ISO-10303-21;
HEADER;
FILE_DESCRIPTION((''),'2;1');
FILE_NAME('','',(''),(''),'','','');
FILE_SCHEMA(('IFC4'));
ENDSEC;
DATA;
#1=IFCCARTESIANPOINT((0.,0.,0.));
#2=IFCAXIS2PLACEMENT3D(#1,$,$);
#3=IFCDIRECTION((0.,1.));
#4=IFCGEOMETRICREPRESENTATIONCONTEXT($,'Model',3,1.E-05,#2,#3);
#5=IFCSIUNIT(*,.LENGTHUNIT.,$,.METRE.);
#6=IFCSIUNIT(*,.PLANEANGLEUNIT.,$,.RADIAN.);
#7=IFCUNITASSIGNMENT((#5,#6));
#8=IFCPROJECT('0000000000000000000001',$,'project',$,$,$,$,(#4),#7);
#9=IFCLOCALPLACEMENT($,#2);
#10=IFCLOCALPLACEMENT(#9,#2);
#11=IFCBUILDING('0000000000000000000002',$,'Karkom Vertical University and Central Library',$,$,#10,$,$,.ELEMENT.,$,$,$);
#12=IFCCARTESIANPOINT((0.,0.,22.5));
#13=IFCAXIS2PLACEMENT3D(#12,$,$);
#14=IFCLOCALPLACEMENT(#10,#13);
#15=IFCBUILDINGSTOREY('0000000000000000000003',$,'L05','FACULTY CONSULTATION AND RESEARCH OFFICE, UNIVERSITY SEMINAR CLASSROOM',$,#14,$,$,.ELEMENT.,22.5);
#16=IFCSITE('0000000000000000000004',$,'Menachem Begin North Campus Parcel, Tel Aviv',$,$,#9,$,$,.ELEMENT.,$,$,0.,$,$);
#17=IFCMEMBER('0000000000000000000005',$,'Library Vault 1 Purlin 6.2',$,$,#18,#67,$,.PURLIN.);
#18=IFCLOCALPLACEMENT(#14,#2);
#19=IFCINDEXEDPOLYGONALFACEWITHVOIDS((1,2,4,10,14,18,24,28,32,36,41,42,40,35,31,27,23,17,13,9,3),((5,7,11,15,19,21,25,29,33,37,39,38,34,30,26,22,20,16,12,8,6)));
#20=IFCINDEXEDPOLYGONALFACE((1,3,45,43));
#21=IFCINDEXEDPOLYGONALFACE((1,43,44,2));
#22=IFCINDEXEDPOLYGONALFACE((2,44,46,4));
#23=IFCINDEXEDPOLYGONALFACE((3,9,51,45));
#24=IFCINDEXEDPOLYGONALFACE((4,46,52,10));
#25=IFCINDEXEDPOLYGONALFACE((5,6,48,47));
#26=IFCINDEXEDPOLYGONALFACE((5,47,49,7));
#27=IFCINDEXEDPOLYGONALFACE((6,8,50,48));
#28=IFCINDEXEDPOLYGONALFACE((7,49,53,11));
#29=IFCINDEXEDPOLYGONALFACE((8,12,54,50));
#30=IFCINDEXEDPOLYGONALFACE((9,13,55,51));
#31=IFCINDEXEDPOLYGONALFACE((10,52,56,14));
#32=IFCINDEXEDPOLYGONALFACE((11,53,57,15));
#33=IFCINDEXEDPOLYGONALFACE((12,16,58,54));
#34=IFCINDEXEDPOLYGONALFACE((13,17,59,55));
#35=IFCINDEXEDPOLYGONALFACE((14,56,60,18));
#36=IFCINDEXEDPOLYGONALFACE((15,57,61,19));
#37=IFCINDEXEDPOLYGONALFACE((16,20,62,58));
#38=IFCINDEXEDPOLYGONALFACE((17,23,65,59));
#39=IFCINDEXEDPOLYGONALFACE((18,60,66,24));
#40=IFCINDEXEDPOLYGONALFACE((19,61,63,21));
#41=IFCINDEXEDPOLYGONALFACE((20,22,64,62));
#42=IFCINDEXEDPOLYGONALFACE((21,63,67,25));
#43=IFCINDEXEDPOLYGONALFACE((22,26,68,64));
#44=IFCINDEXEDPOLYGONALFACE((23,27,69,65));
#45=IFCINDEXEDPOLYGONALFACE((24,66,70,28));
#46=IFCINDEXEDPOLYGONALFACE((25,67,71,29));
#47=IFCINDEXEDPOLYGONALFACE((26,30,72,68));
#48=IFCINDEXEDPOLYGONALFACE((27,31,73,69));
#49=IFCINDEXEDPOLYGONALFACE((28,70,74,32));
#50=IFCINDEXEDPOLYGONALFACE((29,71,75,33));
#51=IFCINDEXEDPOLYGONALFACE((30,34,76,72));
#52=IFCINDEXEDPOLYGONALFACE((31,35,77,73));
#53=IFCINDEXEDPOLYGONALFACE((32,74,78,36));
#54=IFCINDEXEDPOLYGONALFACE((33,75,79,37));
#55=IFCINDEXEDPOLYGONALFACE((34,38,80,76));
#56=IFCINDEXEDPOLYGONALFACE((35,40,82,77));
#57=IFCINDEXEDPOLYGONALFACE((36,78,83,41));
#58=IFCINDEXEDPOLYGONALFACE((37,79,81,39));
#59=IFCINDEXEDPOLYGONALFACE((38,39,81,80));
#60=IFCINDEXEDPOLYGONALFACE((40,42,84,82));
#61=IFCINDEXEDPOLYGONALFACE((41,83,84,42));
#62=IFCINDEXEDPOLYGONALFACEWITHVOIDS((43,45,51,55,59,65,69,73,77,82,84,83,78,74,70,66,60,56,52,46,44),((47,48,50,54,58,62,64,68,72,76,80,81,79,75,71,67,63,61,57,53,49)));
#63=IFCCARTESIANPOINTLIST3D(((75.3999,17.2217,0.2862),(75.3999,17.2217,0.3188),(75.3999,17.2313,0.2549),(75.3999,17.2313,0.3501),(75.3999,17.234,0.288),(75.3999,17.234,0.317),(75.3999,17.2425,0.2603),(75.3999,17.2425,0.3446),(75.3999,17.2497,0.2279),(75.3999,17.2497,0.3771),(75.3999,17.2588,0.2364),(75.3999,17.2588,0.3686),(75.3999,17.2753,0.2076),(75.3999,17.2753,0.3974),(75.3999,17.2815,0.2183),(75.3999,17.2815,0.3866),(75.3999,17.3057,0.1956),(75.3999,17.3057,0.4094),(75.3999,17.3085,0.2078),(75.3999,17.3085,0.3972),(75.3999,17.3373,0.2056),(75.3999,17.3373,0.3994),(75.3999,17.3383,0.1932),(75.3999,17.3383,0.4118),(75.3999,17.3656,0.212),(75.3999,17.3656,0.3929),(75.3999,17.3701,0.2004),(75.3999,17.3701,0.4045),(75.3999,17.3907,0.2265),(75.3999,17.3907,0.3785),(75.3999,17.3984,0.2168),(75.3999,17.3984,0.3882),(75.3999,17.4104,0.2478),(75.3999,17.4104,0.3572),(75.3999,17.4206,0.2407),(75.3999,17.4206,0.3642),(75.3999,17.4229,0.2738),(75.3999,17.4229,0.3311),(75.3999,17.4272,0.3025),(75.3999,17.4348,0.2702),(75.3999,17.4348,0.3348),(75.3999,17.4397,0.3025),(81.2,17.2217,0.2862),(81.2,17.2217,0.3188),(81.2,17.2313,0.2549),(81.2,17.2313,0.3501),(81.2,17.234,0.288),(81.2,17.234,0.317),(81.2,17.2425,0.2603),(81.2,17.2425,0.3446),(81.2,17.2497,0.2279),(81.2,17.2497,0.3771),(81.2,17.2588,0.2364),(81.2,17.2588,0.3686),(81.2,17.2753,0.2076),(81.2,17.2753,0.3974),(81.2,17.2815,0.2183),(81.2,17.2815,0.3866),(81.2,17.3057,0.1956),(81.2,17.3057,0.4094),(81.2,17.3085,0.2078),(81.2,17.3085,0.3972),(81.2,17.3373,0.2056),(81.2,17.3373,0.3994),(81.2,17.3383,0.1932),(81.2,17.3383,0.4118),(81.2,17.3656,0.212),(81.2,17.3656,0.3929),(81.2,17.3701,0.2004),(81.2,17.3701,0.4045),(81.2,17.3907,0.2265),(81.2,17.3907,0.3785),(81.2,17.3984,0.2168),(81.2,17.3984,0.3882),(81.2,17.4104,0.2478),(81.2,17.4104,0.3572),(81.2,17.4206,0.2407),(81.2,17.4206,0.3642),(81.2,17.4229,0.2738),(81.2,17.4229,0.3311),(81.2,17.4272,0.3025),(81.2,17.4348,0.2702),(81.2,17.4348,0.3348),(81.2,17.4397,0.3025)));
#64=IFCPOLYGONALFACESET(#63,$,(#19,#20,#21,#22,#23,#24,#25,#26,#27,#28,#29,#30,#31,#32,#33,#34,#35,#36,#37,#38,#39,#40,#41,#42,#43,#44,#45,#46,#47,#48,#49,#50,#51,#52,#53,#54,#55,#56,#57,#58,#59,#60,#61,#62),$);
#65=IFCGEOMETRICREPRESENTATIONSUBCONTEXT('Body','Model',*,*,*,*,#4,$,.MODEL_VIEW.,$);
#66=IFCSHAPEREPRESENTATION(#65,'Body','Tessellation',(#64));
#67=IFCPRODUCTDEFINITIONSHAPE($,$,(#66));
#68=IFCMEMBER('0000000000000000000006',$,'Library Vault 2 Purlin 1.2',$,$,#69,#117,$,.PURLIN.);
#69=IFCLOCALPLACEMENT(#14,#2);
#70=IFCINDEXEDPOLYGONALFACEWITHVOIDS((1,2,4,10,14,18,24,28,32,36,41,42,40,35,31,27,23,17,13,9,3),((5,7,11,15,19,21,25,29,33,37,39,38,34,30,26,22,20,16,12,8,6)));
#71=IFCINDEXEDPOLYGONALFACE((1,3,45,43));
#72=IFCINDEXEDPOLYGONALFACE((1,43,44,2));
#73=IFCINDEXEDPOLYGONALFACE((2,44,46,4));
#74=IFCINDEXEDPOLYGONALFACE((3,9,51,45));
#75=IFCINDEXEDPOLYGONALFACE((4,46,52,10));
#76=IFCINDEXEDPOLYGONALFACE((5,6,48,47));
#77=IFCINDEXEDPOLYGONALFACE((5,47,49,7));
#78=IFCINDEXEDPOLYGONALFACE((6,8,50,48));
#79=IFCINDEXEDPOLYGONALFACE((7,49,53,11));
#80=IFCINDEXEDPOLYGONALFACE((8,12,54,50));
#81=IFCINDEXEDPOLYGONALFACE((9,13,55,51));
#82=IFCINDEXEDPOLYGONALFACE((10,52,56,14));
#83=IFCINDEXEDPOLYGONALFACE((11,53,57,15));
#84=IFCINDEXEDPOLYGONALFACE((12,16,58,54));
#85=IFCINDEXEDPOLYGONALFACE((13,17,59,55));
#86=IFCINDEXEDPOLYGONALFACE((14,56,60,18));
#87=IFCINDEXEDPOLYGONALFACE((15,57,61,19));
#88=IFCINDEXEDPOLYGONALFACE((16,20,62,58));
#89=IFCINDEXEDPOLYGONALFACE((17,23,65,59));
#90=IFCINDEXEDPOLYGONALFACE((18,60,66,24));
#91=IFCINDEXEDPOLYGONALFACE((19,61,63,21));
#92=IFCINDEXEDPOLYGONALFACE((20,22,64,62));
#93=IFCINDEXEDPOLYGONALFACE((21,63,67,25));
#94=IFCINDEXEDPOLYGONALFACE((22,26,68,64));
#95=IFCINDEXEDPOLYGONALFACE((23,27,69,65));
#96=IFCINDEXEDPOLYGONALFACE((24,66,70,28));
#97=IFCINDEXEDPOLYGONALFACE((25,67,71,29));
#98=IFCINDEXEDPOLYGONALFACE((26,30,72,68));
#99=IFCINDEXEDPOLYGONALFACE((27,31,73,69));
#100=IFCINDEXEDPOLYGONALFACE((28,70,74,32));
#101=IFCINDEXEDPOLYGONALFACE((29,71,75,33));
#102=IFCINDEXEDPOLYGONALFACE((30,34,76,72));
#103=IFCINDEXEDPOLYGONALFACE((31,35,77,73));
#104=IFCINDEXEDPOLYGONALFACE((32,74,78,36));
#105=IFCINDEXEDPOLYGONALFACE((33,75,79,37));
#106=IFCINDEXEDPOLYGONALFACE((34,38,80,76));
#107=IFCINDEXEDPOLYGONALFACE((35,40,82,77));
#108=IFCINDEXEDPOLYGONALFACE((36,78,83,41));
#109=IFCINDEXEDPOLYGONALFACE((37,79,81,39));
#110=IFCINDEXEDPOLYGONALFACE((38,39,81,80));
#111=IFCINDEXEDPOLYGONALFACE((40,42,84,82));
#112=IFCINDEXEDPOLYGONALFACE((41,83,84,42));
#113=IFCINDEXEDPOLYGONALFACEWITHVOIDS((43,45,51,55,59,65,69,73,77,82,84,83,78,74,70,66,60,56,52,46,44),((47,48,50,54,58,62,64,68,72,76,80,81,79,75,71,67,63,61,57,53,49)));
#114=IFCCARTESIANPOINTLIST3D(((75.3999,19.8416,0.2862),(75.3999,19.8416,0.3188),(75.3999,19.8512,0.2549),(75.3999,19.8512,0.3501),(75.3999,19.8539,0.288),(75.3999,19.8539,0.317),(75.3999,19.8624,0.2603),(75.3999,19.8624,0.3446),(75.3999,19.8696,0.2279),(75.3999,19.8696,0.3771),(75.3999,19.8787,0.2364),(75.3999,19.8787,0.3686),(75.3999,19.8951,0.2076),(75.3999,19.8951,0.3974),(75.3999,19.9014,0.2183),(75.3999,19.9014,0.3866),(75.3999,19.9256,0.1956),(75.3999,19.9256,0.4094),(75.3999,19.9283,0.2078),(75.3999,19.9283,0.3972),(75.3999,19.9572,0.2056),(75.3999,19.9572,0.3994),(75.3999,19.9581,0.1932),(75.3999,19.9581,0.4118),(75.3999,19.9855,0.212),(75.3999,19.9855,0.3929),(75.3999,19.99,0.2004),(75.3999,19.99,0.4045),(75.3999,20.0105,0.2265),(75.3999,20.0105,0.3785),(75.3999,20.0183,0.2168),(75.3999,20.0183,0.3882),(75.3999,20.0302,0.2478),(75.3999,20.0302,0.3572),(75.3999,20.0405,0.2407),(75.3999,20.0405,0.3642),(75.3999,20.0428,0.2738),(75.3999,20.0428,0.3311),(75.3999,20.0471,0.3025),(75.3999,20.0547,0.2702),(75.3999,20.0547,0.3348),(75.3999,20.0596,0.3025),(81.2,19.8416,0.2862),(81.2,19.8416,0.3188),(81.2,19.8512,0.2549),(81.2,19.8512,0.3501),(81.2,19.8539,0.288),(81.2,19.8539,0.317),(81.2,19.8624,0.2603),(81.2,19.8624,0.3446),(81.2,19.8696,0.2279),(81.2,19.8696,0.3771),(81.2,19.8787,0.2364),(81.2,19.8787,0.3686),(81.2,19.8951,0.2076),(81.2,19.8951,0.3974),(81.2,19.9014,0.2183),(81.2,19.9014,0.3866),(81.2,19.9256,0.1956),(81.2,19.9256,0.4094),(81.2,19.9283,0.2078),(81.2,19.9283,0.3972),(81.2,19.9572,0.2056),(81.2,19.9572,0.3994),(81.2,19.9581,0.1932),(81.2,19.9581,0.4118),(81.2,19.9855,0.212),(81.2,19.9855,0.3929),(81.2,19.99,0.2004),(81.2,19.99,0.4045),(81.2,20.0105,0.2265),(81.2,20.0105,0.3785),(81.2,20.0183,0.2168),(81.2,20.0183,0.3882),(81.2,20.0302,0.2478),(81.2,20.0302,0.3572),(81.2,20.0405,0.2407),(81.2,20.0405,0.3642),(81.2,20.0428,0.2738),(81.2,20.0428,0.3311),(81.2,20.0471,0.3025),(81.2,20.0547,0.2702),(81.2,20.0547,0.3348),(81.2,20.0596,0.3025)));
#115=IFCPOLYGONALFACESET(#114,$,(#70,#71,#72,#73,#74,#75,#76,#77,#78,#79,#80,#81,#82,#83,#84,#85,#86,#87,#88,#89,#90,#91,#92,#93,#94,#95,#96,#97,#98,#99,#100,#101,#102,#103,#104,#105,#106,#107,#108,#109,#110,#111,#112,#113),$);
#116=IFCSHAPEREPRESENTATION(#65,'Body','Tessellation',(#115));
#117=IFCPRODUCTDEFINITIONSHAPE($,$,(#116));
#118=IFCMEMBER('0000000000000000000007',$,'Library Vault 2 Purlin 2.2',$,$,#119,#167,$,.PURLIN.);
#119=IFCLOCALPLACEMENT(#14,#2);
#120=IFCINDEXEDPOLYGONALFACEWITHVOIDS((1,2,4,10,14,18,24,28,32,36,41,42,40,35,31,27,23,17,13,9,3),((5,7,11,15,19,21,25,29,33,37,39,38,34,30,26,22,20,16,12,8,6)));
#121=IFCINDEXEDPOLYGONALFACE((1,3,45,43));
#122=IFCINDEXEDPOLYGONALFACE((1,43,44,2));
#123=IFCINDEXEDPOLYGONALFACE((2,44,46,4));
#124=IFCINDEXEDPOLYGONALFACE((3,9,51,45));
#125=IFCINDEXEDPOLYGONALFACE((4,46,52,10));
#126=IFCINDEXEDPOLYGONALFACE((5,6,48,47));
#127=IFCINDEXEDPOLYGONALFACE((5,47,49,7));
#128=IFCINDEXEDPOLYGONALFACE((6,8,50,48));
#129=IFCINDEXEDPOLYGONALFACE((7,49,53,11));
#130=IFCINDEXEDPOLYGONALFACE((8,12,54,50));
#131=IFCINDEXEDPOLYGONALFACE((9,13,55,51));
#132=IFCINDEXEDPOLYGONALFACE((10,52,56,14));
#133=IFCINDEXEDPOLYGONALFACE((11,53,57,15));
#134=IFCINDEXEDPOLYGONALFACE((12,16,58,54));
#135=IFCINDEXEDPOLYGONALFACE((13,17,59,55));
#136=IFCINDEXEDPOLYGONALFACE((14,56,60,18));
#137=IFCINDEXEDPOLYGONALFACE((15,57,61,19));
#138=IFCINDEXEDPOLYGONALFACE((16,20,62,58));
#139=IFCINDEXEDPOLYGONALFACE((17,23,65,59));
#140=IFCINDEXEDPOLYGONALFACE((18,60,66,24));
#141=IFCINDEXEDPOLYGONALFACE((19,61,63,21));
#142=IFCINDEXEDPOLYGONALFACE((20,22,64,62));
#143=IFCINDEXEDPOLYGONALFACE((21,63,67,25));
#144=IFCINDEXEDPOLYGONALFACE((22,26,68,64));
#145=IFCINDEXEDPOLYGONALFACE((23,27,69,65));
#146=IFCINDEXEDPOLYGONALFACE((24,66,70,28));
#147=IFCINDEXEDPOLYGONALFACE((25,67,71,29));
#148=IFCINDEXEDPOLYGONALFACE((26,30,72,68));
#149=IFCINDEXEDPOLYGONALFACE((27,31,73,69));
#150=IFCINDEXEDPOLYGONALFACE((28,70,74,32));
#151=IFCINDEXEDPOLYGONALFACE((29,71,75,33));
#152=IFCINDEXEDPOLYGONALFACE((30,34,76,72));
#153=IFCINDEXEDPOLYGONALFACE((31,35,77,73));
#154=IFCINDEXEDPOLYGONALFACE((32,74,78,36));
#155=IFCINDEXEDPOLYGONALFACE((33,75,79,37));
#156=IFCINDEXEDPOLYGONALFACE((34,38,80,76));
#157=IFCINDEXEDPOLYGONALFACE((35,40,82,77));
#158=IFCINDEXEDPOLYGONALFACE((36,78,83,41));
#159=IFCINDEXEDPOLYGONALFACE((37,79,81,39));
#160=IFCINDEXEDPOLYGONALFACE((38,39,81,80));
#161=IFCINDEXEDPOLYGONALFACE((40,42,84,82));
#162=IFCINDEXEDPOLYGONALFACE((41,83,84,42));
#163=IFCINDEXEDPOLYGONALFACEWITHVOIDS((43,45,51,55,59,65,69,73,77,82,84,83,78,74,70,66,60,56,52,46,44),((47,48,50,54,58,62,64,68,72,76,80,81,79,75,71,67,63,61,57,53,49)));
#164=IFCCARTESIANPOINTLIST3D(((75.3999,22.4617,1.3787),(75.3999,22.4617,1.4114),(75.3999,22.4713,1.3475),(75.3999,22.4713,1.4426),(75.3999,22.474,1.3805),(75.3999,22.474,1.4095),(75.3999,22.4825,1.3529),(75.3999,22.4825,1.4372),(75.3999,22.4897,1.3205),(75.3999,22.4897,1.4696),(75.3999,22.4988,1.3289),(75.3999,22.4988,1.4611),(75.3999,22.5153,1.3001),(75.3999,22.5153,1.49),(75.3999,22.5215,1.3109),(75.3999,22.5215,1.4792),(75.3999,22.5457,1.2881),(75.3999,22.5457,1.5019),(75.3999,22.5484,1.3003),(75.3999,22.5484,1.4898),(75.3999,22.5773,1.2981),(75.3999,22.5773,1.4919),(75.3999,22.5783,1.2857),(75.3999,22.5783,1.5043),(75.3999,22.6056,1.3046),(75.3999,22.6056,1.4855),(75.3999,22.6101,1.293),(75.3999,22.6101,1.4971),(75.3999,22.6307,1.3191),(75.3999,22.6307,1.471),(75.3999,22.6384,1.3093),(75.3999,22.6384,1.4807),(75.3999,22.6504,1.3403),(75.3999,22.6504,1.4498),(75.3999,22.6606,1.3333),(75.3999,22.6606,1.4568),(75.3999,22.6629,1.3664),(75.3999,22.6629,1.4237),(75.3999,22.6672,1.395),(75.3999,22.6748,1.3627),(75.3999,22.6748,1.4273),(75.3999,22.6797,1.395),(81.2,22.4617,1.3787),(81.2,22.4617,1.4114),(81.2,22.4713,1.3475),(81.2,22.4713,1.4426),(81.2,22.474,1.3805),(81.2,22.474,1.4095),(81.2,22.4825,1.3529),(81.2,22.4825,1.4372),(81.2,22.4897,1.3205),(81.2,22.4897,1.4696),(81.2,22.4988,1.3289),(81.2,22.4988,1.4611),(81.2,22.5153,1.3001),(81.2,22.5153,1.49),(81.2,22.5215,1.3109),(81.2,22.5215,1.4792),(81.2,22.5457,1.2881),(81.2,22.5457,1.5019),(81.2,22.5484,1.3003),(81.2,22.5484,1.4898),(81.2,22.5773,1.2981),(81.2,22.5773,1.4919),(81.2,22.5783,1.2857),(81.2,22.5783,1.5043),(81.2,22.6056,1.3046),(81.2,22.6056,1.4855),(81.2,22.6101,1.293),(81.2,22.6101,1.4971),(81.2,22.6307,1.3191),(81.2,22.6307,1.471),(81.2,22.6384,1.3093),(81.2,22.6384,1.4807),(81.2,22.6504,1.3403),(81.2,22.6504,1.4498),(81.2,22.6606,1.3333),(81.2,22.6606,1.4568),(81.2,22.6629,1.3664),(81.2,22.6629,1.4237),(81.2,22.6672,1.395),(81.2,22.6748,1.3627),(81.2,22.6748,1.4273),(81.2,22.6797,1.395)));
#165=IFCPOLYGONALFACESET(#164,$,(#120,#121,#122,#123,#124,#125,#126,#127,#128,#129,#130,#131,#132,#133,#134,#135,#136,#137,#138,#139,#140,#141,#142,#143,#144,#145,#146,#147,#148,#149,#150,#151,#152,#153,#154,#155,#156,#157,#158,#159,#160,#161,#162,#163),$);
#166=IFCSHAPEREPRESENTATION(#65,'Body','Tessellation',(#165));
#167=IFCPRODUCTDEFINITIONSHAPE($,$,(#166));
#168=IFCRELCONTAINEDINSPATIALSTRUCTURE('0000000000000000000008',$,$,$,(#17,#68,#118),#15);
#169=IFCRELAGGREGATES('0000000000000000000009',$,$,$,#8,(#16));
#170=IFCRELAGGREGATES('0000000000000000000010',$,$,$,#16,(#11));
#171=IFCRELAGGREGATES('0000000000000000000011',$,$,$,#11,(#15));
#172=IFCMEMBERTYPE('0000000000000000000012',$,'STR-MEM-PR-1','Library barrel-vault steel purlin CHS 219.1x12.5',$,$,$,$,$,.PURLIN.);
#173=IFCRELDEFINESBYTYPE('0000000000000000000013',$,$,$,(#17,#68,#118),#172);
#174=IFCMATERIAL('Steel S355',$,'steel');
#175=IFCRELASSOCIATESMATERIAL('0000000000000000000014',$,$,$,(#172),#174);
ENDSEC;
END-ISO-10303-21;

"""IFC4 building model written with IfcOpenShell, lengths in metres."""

from ifc_helpers import new_model, si_unit, direction, frame, origin, origin_with_axes, origin_2d, place, context, subcontext, project, spatial, hollow_circle, extrude, source, transform, mapped, material, material_profile, profile_set, type_object, element, save


model = new_model("IFC4")

# Units and contexts
model_context = context("Model", 3, precision=1e-05, world=origin(), true_north=direction((0.0, 1.0)))
body_context = subcontext(model_context, "Body", "Model", "MODEL_VIEW")
ifc_project = project(units=[si_unit("LENGTHUNIT", "METRE"), si_unit("PLANEANGLEUNIT", "RADIAN")], contexts=[model_context])

# Site, building, storey
site_placement = place(None, origin())
site = spatial("IfcSite", under=ifc_project, at=site_placement, Name="Menachem Begin North Campus Parcel, Tel Aviv", CompositionType="ELEMENT", RefElevation=0.0)
building_placement = place(site_placement, origin())
building = spatial("IfcBuilding", under=site, at=building_placement, Name="Karkom Vertical University and Central Library", CompositionType="ELEMENT")
storey_placement = place(building_placement, frame((0.0, 0.0, 22.5)))
storey = spatial("IfcBuildingStorey", under=building, at=storey_placement, Name="L05", Description="FACULTY CONSULTATION AND RESEARCH OFFICE, UNIVERSITY SEMINAR CLASSROOM", CompositionType="ELEMENT", Elevation=22.5)

# Members
ifc_material_1 = material(Name="Steel S355", Category="steel")
ifc_material_profile_1 = material_profile(ifc_material_1, hollow_circle(Radius=0.1096, WallThickness=0.0125, at=origin_2d()), Name="CHS 219.1x12.5")
ifc_profile_set_1 = profile_set([ifc_material_profile_1], Name="Steel S355")
member_type_1 = type_object("IfcMemberType", Name="STR-MEM-PR-1", Description="Library barrel-vault steel purlin CHS 219.1x12.5", PredefinedType="PURLIN", material=ifc_profile_set_1)
shared_shape_1 = source(origin_with_axes(), body_context, "Body", "SweptSolid", [
    extrude(hollow_circle(Radius=0.1096, WallThickness=0.0125, at=origin_2d()), origin(), (0.0, 0.0, 1.0), 5.8),
])
for number, where, z_axis, x_axis, name in (
    (1, (75.3999, 17.3301, 0.3025), (1.0, 0.0, 0.0), (0.0, 1.0, 0.0), "Library Vault 1 Purlin 6.2"),
    (2, (75.3999, 19.95, 0.3025), (1.0, 0.0, 0.0), (0.0, 1.0, 0.0), "Library Vault 2 Purlin 1.2"),
    (3, (75.3999, 22.5701, 1.395), (1.0, 0.0, 0.0), (0.0, 1.0, 0.0), "Library Vault 2 Purlin 2.2"),
):
    element("IfcMember", number, at=place(storey_placement, frame(where, z_axis=z_axis, x_axis=x_axis)), inside=storey, type_object=member_type_1, Name=name, PredefinedType="PURLIN", context=body_context, shape_type="MappedRepresentation", body=[
        mapped(shared_shape_1, transform((0.0, 0.0, 0.0), scale=1.0)),
    ])

save(model, "model.ifc")
